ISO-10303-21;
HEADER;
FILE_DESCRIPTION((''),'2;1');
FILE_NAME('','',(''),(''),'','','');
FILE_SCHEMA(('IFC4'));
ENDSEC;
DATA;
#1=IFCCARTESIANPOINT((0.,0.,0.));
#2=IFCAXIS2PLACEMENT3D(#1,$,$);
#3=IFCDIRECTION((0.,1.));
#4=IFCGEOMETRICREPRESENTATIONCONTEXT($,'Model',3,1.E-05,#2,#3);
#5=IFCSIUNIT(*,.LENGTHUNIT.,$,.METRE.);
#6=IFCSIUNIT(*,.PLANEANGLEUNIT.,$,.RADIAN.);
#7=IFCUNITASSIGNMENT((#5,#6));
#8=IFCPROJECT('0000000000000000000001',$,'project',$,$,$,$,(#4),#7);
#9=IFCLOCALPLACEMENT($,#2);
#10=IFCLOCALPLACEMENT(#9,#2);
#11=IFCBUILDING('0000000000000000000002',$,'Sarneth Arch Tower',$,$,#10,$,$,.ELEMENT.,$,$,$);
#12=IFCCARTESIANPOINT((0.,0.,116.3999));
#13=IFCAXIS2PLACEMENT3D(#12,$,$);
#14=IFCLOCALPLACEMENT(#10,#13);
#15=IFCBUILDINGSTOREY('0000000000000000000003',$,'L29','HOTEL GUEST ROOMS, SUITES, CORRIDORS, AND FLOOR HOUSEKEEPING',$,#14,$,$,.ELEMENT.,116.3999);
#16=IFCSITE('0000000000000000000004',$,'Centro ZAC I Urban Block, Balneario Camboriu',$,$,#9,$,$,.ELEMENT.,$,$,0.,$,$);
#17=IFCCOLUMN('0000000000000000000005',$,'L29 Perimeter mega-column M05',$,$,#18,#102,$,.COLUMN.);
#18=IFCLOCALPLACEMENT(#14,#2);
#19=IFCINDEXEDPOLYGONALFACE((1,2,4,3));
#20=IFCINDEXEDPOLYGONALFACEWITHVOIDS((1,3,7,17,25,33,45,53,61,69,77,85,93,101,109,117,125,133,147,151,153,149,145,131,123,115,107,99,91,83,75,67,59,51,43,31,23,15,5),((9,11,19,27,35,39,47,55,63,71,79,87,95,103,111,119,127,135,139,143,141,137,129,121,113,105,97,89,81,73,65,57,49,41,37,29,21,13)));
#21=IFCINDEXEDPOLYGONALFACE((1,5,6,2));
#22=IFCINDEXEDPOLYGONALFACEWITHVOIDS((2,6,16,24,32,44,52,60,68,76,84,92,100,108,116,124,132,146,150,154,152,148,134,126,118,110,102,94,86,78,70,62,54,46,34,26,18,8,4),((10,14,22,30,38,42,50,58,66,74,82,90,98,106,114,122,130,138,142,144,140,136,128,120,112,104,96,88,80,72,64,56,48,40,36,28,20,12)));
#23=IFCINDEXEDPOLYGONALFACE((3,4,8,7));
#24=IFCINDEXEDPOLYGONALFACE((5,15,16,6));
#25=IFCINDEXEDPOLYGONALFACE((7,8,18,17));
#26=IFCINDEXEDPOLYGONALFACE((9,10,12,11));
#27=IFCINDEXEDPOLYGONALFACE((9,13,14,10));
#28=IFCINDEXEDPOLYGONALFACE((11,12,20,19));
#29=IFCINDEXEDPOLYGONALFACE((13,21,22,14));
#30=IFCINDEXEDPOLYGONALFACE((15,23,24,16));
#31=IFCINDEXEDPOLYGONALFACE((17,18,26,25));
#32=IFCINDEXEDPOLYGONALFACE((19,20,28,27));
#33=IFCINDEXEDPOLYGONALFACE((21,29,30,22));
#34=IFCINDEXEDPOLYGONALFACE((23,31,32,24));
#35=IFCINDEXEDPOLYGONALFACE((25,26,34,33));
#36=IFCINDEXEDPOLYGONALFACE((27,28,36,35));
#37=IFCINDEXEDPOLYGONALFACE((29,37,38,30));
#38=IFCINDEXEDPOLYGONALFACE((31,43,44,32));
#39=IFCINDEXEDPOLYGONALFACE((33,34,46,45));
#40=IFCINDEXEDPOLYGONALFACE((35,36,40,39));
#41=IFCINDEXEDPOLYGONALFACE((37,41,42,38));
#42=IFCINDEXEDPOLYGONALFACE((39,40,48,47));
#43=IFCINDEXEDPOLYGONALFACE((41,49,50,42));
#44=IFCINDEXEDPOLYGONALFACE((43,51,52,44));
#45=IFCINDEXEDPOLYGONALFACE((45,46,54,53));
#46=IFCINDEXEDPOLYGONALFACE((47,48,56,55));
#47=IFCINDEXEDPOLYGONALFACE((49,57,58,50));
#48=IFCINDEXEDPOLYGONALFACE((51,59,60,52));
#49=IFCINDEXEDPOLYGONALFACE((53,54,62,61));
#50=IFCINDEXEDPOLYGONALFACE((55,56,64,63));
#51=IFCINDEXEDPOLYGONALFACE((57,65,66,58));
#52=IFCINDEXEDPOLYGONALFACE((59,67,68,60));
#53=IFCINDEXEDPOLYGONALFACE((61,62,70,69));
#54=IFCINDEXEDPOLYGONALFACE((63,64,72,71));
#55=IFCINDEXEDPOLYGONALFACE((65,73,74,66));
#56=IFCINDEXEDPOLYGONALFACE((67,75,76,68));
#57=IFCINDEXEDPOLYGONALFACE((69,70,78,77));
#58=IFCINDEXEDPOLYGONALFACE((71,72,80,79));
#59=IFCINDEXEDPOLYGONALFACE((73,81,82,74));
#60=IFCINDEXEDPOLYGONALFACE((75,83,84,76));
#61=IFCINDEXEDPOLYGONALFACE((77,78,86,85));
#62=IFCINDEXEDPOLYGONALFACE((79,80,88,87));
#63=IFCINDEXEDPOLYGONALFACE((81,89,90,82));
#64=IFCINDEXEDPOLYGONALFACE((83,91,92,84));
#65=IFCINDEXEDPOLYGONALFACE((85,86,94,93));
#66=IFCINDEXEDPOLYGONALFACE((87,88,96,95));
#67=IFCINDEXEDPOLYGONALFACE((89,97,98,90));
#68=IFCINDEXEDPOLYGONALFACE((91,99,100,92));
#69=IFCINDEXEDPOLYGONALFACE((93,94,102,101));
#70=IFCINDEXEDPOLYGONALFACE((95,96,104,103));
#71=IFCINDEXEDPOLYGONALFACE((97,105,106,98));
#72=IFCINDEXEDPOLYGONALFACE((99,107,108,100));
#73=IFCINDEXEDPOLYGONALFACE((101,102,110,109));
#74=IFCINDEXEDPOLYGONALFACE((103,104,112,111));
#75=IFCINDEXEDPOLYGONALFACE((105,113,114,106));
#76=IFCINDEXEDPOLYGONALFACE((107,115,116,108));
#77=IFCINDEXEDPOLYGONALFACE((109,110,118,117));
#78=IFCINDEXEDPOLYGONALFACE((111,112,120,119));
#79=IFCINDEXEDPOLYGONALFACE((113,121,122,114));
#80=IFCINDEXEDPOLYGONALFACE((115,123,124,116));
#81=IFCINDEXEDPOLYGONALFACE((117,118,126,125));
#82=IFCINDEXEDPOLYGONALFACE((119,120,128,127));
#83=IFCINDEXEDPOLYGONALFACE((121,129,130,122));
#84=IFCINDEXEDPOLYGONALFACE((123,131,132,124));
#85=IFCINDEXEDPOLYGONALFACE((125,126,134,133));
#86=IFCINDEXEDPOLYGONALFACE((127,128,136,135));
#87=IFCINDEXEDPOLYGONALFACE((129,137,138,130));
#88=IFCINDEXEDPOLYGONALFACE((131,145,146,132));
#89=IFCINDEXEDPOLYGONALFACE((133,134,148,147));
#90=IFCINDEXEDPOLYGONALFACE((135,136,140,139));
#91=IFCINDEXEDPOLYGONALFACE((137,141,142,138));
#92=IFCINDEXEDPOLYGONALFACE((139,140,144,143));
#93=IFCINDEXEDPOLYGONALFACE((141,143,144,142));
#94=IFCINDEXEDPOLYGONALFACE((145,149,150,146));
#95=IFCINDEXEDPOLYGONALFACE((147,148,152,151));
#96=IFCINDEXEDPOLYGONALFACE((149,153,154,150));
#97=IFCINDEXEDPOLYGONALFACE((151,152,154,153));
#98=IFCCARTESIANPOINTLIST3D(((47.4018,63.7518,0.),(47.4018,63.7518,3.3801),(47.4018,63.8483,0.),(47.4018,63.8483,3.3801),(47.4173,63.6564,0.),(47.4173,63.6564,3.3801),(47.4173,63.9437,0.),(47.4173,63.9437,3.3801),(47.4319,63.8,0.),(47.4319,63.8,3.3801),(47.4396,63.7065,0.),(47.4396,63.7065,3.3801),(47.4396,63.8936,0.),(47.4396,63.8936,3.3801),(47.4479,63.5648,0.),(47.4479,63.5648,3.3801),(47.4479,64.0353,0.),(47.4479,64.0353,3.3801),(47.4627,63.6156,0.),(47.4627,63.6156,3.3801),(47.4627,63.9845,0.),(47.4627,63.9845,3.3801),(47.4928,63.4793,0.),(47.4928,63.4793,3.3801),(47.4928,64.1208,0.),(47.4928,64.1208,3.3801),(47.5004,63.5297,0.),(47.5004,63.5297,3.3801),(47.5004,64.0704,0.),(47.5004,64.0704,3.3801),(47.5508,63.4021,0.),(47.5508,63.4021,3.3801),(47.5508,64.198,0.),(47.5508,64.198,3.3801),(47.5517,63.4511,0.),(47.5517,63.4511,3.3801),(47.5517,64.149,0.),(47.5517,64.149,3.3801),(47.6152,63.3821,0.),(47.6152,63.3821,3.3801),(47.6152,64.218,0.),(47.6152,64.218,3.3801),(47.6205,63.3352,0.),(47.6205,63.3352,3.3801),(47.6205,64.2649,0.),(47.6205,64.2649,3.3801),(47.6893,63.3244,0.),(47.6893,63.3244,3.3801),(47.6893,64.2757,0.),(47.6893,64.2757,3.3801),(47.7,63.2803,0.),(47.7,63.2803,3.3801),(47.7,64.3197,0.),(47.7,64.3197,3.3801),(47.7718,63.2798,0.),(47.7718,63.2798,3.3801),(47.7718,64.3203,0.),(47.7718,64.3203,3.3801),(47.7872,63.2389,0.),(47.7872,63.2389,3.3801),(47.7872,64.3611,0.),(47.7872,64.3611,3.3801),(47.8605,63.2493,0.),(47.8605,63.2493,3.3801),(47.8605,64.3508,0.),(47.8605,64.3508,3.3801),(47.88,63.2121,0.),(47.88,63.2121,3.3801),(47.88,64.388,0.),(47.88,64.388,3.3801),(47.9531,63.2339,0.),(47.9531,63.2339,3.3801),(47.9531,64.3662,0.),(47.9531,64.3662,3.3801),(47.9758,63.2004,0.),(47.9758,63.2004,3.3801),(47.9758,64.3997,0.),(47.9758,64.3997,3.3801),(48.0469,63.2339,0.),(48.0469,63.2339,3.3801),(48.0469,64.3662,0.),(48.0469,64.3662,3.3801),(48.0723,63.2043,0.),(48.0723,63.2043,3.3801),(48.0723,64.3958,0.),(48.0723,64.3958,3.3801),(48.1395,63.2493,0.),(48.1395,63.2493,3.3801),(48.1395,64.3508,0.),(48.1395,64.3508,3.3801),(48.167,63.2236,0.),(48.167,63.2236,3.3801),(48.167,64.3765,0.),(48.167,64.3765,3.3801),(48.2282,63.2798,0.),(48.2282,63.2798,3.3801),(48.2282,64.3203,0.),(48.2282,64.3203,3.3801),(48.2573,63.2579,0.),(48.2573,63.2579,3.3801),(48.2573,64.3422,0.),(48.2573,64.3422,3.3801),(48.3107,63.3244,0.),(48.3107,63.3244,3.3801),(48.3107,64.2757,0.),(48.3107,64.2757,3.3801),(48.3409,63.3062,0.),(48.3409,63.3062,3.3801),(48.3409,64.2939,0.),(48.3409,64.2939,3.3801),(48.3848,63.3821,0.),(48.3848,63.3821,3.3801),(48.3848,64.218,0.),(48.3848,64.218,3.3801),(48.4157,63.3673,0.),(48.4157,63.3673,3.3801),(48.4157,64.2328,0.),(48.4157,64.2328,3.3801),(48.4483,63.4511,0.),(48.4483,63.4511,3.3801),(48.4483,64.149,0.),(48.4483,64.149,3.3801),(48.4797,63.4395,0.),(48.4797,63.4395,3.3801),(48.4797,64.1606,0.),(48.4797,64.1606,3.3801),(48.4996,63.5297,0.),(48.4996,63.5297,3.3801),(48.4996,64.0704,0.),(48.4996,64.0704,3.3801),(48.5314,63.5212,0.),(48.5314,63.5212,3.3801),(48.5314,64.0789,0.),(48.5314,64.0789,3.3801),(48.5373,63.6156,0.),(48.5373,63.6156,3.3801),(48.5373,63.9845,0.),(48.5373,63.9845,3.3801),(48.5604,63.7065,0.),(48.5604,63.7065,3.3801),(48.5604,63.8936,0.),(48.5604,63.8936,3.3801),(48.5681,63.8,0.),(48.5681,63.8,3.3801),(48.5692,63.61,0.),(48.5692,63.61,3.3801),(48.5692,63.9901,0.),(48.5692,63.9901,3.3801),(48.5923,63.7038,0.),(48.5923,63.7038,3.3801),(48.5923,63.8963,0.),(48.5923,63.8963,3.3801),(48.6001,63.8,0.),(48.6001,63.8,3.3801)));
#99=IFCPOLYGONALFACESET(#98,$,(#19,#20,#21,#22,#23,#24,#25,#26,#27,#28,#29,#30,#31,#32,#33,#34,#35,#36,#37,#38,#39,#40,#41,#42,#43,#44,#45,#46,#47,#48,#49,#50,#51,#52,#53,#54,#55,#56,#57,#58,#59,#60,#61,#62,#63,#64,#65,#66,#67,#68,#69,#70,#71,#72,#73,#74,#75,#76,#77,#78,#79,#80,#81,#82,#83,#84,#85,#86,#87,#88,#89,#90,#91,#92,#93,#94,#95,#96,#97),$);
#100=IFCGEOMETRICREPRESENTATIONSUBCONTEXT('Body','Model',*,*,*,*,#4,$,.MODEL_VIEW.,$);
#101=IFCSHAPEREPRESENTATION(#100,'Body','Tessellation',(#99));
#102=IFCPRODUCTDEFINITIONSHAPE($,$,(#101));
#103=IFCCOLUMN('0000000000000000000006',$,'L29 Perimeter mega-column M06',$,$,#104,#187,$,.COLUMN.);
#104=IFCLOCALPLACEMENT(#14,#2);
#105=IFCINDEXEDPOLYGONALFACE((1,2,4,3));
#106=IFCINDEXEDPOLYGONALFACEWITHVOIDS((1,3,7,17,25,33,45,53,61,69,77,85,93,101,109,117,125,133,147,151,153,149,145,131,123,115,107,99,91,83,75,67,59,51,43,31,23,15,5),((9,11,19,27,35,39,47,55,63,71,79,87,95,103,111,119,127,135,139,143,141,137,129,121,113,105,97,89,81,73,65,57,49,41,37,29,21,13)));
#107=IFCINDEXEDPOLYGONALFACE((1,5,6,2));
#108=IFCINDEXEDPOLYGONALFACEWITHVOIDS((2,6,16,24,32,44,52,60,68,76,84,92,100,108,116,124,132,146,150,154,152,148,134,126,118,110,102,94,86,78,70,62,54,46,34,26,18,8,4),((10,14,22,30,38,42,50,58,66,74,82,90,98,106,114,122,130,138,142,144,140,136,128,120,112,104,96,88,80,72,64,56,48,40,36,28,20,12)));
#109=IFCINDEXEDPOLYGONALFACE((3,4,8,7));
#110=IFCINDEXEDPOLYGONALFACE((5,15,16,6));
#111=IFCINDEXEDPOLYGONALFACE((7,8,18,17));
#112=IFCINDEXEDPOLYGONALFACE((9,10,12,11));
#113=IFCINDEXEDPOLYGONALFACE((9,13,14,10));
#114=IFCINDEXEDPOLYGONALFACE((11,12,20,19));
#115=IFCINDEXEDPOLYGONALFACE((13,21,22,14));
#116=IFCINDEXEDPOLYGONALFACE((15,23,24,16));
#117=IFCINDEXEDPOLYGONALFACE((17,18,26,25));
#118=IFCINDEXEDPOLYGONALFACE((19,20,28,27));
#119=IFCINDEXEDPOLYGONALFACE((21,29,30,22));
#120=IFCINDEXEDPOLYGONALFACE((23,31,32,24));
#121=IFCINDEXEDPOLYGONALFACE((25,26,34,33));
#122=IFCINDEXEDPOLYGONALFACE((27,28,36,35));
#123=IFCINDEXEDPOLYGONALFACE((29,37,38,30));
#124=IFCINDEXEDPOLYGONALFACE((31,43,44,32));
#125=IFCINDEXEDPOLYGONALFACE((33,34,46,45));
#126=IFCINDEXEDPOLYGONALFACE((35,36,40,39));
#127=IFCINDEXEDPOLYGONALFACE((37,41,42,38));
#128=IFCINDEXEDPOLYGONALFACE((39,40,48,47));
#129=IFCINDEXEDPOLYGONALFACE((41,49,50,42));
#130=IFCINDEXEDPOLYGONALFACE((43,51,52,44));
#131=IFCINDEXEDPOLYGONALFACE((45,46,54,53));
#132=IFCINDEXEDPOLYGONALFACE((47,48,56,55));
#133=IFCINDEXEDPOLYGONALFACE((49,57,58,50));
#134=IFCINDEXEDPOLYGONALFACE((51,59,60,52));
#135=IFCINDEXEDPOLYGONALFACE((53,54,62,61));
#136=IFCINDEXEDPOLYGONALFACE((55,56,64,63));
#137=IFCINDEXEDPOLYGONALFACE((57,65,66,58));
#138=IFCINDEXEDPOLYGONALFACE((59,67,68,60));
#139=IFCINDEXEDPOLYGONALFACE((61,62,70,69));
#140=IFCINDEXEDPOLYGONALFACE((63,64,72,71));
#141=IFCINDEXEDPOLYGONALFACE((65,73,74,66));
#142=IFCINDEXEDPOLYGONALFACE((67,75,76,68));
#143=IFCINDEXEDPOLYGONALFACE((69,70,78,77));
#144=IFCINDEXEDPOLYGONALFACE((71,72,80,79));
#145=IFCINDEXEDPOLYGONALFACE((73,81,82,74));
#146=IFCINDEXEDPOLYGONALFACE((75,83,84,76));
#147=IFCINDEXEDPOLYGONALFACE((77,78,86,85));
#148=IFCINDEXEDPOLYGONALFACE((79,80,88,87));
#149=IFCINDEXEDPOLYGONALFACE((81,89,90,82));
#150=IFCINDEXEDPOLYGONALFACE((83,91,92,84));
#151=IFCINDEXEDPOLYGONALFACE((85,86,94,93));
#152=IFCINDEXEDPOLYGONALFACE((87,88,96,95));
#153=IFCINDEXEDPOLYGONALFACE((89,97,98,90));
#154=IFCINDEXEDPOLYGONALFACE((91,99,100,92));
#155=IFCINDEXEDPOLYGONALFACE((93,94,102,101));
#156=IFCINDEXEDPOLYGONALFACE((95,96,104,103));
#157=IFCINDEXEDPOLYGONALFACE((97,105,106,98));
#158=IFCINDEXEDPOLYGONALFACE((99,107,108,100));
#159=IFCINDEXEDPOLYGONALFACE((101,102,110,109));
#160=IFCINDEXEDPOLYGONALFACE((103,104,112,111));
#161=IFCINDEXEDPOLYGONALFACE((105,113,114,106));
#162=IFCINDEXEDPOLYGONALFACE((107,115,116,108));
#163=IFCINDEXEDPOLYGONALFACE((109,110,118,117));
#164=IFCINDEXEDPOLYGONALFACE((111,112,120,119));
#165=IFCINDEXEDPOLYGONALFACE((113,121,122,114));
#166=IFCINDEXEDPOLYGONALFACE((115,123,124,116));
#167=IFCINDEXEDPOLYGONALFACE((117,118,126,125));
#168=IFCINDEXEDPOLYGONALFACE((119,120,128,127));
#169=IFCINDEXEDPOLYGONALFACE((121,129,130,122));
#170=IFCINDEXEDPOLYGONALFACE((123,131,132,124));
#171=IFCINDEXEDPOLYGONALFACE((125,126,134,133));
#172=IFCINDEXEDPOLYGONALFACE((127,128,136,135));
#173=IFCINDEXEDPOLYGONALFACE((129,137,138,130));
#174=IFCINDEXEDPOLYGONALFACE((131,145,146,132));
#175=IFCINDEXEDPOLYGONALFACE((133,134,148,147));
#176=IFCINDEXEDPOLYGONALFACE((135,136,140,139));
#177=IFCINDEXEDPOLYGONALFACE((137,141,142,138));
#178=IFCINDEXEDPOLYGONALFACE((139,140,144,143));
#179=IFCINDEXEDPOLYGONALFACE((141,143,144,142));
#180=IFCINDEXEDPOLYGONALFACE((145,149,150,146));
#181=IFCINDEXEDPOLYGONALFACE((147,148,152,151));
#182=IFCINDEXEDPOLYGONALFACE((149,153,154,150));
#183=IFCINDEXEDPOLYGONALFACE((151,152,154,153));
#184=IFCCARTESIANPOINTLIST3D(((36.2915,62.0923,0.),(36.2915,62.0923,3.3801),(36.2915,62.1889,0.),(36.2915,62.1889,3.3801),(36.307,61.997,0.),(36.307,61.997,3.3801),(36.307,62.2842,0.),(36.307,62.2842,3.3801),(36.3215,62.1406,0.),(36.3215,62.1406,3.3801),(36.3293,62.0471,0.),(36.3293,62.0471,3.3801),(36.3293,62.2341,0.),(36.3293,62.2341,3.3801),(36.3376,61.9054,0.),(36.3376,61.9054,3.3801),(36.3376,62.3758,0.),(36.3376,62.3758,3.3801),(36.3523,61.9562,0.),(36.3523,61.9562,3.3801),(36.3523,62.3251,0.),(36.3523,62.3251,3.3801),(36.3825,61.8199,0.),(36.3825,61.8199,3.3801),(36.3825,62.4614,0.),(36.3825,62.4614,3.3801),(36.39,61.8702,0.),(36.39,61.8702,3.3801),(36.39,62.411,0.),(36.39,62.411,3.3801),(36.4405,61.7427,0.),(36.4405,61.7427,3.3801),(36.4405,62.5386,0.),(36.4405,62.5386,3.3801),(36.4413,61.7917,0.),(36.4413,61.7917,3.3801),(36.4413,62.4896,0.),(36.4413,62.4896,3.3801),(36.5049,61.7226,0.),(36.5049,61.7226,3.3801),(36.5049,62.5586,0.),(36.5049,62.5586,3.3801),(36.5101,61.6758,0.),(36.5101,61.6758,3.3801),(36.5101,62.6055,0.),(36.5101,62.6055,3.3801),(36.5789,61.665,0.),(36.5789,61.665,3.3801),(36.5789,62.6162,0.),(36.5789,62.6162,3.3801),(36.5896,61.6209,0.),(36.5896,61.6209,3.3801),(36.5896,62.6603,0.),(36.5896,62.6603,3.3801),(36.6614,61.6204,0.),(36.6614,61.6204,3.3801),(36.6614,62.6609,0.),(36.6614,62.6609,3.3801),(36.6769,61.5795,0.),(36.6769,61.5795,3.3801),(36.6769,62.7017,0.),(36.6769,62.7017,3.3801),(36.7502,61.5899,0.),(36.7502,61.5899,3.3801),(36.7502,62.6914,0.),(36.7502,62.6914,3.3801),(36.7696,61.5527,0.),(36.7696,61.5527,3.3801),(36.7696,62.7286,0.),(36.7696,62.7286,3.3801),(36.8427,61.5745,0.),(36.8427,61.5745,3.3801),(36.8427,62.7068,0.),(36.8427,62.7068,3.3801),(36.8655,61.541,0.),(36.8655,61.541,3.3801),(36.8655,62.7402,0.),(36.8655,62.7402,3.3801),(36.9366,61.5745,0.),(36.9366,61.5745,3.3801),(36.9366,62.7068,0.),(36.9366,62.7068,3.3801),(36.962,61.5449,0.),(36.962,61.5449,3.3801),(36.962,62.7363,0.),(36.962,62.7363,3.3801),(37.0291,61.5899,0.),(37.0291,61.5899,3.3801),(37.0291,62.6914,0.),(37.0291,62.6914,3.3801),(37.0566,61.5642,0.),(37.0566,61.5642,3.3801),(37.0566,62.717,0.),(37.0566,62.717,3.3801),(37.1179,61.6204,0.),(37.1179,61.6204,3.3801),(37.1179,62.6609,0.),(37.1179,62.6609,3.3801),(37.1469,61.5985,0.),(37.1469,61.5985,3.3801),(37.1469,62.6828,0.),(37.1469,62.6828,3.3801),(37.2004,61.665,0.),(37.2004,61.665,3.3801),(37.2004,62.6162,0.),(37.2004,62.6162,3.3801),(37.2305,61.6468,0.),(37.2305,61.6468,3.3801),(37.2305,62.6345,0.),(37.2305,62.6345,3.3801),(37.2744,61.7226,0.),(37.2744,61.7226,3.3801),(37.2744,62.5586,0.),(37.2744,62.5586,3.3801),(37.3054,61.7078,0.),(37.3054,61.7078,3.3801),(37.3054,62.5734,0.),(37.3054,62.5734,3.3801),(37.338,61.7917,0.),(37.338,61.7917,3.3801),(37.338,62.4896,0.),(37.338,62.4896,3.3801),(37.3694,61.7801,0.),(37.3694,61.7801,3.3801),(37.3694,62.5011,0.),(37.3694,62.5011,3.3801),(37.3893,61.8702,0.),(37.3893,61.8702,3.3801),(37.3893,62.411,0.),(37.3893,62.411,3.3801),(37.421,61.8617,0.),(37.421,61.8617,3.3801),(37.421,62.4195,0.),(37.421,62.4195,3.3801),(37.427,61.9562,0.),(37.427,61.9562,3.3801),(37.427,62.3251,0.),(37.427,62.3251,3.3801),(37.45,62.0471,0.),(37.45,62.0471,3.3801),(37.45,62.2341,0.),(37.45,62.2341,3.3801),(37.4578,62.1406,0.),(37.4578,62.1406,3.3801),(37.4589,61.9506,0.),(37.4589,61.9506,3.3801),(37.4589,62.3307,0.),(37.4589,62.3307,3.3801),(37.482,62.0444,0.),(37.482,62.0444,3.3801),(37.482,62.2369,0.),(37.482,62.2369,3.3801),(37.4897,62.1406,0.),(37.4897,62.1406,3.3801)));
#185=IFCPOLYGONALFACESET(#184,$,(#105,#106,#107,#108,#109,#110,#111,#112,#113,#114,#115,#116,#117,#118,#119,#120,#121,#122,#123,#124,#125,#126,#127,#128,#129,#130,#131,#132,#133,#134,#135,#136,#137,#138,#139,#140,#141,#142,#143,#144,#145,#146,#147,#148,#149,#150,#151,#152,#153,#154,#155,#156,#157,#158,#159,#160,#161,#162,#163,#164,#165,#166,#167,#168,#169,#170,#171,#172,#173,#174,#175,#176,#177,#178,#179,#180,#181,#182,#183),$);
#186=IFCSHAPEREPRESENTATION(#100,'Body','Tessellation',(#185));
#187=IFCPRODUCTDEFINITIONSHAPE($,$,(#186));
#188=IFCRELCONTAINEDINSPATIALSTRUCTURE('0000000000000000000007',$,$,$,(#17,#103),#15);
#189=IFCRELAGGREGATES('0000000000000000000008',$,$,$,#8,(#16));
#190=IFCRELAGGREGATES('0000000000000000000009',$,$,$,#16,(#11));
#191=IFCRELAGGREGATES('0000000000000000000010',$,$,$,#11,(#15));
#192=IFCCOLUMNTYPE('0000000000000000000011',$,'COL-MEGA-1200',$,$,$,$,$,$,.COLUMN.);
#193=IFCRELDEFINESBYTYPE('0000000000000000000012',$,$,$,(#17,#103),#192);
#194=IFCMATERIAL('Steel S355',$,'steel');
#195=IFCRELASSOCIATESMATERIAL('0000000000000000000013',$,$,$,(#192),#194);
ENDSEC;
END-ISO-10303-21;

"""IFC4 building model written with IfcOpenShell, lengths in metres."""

from ifc_helpers import new_model, si_unit, direction, frame, origin, origin_2d, place, context, subcontext, project, spatial, hollow_circle, extrude, material, material_profile, profile_set, type_object, element, save


model = new_model("IFC4")

# Units and contexts
model_context = context("Model", 3, precision=1e-05, world=origin(), true_north=direction((0.0, 1.0)))
body_context = subcontext(model_context, "Body", "Model", "MODEL_VIEW")
ifc_project = project(units=[si_unit("LENGTHUNIT", "METRE"), si_unit("PLANEANGLEUNIT", "RADIAN")], contexts=[model_context])

# Site, building, storey
site_placement = place(None, origin())
site = spatial("IfcSite", under=ifc_project, at=site_placement, Name="Centro ZAC I Urban Block, Balneario Camboriu", CompositionType="ELEMENT", RefElevation=0.0)
building_placement = place(site_placement, origin())
building = spatial("IfcBuilding", under=site, at=building_placement, Name="Sarneth Arch Tower", CompositionType="ELEMENT")
storey_placement = place(building_placement, frame((0.0, 0.0, 116.3999)))
storey = spatial("IfcBuildingStorey", under=building, at=storey_placement, Name="L29", Description="HOTEL GUEST ROOMS, SUITES, CORRIDORS, AND FLOOR HOUSEKEEPING", CompositionType="ELEMENT", Elevation=116.3999)

# Columns
ifc_material_1 = material(Name="Steel S355", Category="steel")
ifc_material_profile_1 = material_profile(ifc_material_1, hollow_circle(Radius=0.6001, WallThickness=0.032, at=origin_2d()), Name="CHS1200x32")
ifc_profile_set_1 = profile_set([ifc_material_profile_1], Name="Steel S355")
column_type = type_object("IfcColumnType", Name="COL-MEGA-1200", PredefinedType="COLUMN", material=ifc_profile_set_1)
for number, where, z_axis, x_axis, name in (
    (1, (48.0, 63.8, 0.0), (0.0, 0.0, 1.0), (1.0, 0.0, 0.0), "L29 Perimeter mega-column M05"),
    (2, (36.8896, 62.1406, 0.0), (0.0, 0.0, 1.0), (1.0, 0.0, 0.0), "L29 Perimeter mega-column M06"),
):
    element("IfcColumn", number, at=place(storey_placement, frame(where, z_axis=z_axis, x_axis=x_axis)), inside=storey, type_object=column_type, Name=name, PredefinedType="COLUMN", context=body_context, shape_type="SweptSolid", body=[
        extrude(hollow_circle(Radius=0.6001, WallThickness=0.032, at=origin_2d()), origin(), (0.0, 0.0, 1.0), 3.3801),
    ])

save(model, "model.ifc")
